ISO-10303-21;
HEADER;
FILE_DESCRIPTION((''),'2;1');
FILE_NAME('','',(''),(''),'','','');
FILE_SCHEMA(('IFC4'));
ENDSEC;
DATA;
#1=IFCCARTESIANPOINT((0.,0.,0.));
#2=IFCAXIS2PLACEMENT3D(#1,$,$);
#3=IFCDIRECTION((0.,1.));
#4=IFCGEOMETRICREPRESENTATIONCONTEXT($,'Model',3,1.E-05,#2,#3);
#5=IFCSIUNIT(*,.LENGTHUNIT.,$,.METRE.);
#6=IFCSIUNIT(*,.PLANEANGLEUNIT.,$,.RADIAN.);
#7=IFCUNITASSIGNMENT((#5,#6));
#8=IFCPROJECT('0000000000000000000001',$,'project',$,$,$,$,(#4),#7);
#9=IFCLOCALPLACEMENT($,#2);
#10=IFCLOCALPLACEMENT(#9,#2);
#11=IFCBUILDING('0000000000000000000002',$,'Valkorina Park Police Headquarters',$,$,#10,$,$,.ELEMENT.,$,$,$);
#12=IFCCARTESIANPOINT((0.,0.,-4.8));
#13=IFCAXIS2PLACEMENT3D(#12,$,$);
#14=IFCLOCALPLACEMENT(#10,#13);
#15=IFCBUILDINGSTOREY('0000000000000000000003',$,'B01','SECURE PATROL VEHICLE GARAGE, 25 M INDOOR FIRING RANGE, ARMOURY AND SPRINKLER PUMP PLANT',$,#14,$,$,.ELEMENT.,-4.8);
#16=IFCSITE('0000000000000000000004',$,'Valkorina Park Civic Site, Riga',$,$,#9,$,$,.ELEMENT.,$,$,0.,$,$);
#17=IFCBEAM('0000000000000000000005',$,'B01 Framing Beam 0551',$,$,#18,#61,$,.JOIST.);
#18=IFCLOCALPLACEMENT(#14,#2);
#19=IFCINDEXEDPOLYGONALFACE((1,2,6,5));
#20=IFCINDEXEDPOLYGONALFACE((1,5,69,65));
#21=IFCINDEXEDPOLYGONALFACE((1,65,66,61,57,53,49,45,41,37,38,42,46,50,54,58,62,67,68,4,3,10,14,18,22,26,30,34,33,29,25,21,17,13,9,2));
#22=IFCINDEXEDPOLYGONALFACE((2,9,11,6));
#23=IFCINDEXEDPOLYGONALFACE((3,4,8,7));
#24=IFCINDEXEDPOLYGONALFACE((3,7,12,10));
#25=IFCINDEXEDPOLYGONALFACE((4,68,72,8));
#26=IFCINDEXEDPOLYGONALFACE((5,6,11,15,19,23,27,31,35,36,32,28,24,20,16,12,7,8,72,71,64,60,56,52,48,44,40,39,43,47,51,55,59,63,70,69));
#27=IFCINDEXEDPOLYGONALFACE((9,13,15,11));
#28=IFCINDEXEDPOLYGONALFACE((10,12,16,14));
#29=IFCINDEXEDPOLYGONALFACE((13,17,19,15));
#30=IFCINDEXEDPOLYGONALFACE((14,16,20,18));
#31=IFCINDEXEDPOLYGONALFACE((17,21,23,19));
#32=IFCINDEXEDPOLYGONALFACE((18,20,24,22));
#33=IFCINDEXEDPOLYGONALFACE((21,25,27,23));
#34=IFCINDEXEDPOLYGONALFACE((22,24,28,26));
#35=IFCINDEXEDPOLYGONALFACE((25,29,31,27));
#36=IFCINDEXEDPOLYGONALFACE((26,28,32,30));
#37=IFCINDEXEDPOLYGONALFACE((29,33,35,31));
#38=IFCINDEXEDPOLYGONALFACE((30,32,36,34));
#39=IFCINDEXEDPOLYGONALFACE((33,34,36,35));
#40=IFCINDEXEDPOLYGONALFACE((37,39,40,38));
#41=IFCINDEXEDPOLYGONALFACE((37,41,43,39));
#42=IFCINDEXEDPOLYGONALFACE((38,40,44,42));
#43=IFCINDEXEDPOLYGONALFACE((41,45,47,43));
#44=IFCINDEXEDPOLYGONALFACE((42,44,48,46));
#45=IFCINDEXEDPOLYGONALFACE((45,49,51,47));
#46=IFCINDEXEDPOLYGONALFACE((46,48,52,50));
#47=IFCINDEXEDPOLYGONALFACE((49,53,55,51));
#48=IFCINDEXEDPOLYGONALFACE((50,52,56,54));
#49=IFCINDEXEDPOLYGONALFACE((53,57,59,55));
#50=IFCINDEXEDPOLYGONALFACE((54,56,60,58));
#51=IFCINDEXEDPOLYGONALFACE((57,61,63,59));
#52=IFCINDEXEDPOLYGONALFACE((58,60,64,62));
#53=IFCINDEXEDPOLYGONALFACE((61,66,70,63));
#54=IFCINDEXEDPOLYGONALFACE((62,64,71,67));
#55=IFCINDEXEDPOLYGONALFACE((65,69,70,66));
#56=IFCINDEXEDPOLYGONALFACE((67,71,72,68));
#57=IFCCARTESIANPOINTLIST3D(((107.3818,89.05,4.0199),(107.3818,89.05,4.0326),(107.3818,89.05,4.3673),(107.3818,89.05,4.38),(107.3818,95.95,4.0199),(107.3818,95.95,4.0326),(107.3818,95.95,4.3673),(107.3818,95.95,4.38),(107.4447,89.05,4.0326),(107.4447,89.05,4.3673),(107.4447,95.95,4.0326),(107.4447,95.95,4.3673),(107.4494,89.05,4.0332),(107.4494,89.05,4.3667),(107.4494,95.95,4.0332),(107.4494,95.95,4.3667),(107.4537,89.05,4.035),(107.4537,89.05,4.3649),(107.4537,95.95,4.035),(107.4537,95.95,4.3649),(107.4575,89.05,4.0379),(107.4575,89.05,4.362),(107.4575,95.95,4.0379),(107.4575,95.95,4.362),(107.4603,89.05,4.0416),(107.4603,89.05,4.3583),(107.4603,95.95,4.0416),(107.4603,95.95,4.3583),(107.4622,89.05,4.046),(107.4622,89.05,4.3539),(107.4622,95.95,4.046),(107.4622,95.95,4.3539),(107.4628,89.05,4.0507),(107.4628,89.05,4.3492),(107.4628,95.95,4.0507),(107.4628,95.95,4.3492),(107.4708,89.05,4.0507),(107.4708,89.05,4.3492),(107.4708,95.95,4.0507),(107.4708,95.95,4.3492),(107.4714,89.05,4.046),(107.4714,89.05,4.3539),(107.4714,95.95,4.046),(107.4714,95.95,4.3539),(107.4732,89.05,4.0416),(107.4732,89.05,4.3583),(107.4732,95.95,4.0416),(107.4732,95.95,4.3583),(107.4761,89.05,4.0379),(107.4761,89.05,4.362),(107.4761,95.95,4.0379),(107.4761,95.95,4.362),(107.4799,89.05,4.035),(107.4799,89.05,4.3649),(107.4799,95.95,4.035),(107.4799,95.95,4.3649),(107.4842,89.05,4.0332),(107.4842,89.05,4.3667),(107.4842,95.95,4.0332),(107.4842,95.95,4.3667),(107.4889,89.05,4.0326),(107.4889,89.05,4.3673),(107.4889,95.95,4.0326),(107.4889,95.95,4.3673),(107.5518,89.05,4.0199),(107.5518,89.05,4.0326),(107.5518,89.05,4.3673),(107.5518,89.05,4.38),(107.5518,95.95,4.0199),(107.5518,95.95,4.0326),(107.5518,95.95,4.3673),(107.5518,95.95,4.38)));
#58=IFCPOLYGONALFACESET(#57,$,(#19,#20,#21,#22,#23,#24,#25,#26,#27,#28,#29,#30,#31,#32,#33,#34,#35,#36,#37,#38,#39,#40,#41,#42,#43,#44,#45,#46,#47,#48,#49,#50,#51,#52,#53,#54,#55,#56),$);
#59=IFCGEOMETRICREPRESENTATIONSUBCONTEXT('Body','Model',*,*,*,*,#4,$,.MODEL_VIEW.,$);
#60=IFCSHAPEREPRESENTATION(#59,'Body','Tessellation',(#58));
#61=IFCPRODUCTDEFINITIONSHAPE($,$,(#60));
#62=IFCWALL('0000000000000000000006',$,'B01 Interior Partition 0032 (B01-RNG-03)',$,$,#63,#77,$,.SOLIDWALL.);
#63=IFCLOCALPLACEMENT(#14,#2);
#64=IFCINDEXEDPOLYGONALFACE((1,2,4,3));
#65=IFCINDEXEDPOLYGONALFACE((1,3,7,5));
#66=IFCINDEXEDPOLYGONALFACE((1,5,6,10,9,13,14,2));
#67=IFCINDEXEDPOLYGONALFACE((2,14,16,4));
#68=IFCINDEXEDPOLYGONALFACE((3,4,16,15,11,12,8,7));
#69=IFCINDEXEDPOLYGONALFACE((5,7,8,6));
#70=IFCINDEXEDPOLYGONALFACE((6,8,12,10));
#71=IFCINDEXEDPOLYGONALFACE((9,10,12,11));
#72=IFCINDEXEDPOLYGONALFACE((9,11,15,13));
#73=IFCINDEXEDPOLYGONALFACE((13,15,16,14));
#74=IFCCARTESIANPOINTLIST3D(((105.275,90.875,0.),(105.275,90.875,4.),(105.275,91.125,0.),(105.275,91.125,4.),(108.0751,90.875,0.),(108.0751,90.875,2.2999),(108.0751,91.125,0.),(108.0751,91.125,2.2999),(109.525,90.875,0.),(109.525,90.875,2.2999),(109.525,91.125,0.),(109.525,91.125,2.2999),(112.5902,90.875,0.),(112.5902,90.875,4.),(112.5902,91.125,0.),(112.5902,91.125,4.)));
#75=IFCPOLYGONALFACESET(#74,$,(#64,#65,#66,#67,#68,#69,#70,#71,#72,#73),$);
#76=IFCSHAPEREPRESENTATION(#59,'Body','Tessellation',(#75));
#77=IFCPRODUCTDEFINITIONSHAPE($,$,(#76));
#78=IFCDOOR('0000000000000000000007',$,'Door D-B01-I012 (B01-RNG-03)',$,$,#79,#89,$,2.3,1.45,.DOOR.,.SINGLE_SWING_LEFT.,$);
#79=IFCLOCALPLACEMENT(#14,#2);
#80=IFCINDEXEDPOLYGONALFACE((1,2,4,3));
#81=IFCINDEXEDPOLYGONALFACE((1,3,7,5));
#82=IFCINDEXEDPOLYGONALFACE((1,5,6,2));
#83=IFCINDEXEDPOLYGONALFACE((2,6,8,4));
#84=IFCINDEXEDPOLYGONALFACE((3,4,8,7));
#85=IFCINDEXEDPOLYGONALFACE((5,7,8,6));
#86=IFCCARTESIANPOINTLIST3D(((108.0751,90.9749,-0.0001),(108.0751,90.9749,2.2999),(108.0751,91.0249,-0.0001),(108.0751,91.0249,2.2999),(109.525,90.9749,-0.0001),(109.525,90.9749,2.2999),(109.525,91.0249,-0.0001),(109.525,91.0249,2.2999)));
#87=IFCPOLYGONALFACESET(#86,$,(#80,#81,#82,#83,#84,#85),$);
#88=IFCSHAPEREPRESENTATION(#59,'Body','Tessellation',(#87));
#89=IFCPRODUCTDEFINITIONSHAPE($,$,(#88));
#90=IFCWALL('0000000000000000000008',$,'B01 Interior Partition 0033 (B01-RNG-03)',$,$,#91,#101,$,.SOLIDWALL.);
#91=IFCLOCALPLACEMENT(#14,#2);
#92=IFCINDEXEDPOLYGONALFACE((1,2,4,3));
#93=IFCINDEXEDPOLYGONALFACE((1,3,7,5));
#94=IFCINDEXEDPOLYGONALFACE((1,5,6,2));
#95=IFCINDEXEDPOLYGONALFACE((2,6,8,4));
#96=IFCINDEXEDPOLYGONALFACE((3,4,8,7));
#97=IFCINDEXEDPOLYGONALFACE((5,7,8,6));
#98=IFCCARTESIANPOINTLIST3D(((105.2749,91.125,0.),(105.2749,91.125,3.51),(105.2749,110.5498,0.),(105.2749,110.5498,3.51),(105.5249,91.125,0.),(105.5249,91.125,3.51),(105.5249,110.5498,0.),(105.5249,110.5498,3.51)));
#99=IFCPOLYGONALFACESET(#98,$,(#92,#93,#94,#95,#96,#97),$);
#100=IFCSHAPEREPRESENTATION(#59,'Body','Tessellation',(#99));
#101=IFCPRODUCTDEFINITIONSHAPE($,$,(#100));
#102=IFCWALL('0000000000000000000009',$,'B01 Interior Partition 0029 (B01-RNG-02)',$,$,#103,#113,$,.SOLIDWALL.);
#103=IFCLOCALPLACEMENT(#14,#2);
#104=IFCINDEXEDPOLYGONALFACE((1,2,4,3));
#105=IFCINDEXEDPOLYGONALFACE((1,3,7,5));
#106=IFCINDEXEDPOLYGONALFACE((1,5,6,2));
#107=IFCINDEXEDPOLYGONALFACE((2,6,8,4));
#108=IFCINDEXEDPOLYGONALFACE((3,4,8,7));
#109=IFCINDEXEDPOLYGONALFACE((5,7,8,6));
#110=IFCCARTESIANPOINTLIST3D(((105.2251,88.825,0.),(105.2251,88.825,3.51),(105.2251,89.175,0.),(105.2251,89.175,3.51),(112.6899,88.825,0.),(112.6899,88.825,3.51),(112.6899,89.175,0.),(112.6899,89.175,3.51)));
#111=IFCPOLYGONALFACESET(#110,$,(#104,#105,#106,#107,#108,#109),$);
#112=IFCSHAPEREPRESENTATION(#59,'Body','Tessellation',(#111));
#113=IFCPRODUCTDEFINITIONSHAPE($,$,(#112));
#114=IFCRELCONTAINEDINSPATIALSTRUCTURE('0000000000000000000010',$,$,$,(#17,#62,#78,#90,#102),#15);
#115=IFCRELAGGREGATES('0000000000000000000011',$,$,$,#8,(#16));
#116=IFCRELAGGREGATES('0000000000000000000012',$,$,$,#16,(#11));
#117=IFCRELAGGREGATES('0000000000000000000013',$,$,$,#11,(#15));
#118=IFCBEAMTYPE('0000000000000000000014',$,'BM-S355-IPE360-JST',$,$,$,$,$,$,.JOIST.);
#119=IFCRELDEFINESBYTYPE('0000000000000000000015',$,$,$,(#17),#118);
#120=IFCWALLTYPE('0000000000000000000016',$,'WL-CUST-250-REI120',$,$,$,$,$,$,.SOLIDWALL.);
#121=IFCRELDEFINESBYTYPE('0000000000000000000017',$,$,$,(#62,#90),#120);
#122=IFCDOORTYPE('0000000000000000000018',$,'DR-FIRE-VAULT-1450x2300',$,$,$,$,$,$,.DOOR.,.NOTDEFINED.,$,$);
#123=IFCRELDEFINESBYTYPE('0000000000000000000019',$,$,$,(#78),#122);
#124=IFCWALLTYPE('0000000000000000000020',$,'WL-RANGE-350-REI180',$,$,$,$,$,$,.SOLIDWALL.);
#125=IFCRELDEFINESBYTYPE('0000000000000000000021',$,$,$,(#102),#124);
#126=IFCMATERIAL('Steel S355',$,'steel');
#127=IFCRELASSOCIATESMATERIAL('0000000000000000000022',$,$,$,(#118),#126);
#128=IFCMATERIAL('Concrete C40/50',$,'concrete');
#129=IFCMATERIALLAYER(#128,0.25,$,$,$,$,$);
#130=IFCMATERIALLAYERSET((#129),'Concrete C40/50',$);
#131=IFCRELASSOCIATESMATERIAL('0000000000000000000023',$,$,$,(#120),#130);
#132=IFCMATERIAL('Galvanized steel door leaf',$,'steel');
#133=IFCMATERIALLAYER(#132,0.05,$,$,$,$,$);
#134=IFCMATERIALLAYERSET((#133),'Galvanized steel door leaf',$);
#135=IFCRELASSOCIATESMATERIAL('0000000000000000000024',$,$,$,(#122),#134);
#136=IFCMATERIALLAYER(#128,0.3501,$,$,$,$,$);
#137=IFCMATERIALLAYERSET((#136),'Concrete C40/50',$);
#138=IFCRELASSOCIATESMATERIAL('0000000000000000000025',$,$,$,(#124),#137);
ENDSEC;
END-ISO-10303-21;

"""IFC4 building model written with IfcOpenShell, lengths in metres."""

from ifc_helpers import new_model, si_unit, direction, frame, frame_2d, origin, origin_2d, place, context, subcontext, project, spatial, rectangle, i_section, extrude, material, layer, layer_set, material_profile, profile_set, type_object, element, fill, save


model = new_model("IFC4")

# Units and contexts
model_context = context("Model", 3, precision=1e-05, world=origin(), true_north=direction((0.0, 1.0)))
body_context = subcontext(model_context, "Body", "Model", "MODEL_VIEW")
ifc_project = project(units=[si_unit("LENGTHUNIT", "METRE"), si_unit("PLANEANGLEUNIT", "RADIAN")], contexts=[model_context])

# Site, building, storey
site_placement = place(None, origin())
site = spatial("IfcSite", under=ifc_project, at=site_placement, Name="Valkorina Park Civic Site, Riga", CompositionType="ELEMENT", RefElevation=0.0)
building_placement = place(site_placement, origin())
building = spatial("IfcBuilding", under=site, at=building_placement, Name="Valkorina Park Police Headquarters", CompositionType="ELEMENT")
storey_placement = place(building_placement, frame((0.0, 0.0, -4.8)))
storey = spatial("IfcBuildingStorey", under=building, at=storey_placement, Name="B01", Description="SECURE PATROL VEHICLE GARAGE, 25 M INDOOR FIRING RANGE, ARMOURY AND SPRINKLER PUMP PLANT", CompositionType="ELEMENT", Elevation=-4.8)

# Shared definitions
ifc_material_1 = material(Name="Concrete C40/50", Category="concrete")

# Beam
ifc_material_2 = material(Name="Steel S355", Category="steel")
ifc_material_profile_1 = material_profile(ifc_material_2, i_section(OverallWidth=0.1699, OverallDepth=0.3601, WebThickness=0.0081, FlangeThickness=0.0127, FilletRadius=0.0181, at=origin_2d()), Name="IPE 360")
ifc_profile_set_1 = profile_set([ifc_material_profile_1], Name="Steel S355")
beam_type_1 = type_object("IfcBeamType", Name="BM-S355-IPE360-JST", PredefinedType="JOIST", material=ifc_profile_set_1)
for number, where, z_axis, x_axis, name in (
    (1, (107.4668, 89.05, 4.2), (0.0, 1.0, 0.0), (-1.0, 0.0, 0.0), "B01 Framing Beam 0551"),
):
    element("IfcBeam", number, at=place(storey_placement, frame(where, z_axis=z_axis, x_axis=x_axis)), inside=storey, type_object=beam_type_1, Name=name, PredefinedType="JOIST", context=body_context, shape_type="SweptSolid", body=[
        extrude(i_section(OverallWidth=0.1699, OverallDepth=0.3601, WebThickness=0.0081, FlangeThickness=0.0127, FilletRadius=0.0181, at=origin_2d()), origin(), (0.0, 0.0, 1.0), 6.8999),
    ])

# Wall, opening, door
ifc_layer_1 = layer(ifc_material_1, 0.25)
ifc_layer_set_1 = layer_set([ifc_layer_1], Name="Concrete C40/50")
wall_type_1 = type_object("IfcWallType", Name="WL-CUST-250-REI120", PredefinedType="SOLIDWALL", material=ifc_layer_set_1)
wall_1_placement = place(storey_placement, frame((105.2749, 91.0, 0.0), z_axis=(0.0, 0.0, 1.0), x_axis=(1.0, 0.0, 0.0)))
wall_1 = element("IfcWall", 2, at=wall_1_placement, inside=storey, type_object=wall_type_1, Name="B01 Interior Partition 0032 (B01-RNG-03)", PredefinedType="SOLIDWALL", context=body_context, shape_type="SweptSolid", body=[
    extrude(rectangle(XDim=7.3152, YDim=0.25, at=frame_2d((3.6577, 0.0))), origin(), (0.0, 0.0, 1.0), 4.0),
])
opening_placement = place(wall_1_placement, frame((2.8, 0.0, 0.0)))
opening = element("IfcOpeningElement", 3, at=opening_placement, cuts=wall_1, PredefinedType="OPENING", context=body_context, shape_type="SweptSolid", body=[
    extrude(rectangle(XDim=1.45, YDim=2.3, at=frame_2d((0.7251, 1.1499))), frame((0.0, 0.135, 0.0), z_axis=(0.0, -1.0, 0.0), x_axis=(1.0, 0.0, 0.0)), (0.0, 0.0, 1.0), 0.27),
])
ifc_material_3 = material(Name="Galvanized steel door leaf", Category="steel")
ifc_layer_2 = layer(ifc_material_3, 0.05)
ifc_layer_set_2 = layer_set([ifc_layer_2], Name="Galvanized steel door leaf")
door_type = type_object("IfcDoorType", Name="DR-FIRE-VAULT-1450x2300", OperationType="NOTDEFINED", PredefinedType="DOOR", material=ifc_layer_set_2)
door_placement = place(opening_placement, origin())
door = element("IfcDoor", 4, at=door_placement, inside=storey, type_object=door_type, Name="Door D-B01-I012 (B01-RNG-03)", OperationType="SINGLE_SWING_LEFT", OverallHeight=2.3, OverallWidth=1.45, PredefinedType="DOOR", context=body_context, shape_type="SweptSolid", body=[
    extrude(rectangle(XDim=1.45, YDim=2.3, at=frame_2d((0.7251, 1.1499))), frame((0.0, 0.0249, 0.0), z_axis=(0.0, -1.0, 0.0), x_axis=(1.0, 0.0, 0.0)), (0.0, 0.0, 1.0), 0.05),
])
fill(opening, door)

# Walls
wall_2_placement = place(storey_placement, frame((105.3999, 91.125, 0.0), z_axis=(0.0, 0.0, 1.0), x_axis=(0.0, 1.0, 0.0)))
element("IfcWall", 5, at=wall_2_placement, inside=storey, type_object=wall_type_1, Name="B01 Interior Partition 0033 (B01-RNG-03)", PredefinedType="SOLIDWALL", context=body_context, shape_type="SweptSolid", body=[
    extrude(rectangle(XDim=19.4248, YDim=0.25, at=frame_2d((9.7124, 0.0))), origin(), (0.0, 0.0, 1.0), 3.51),
])
ifc_layer_3 = layer(ifc_material_1, 0.3501)
ifc_layer_set_3 = layer_set([ifc_layer_3], Name="Concrete C40/50")
wall_type_2 = type_object("IfcWallType", Name="WL-RANGE-350-REI180", PredefinedType="SOLIDWALL", material=ifc_layer_set_3)
wall_3_placement = place(storey_placement, frame((105.2251, 89.0, 0.0), z_axis=(0.0, 0.0, 1.0), x_axis=(1.0, 0.0, 0.0)))
element("IfcWall", 6, at=wall_3_placement, inside=storey, type_object=wall_type_2, Name="B01 Interior Partition 0029 (B01-RNG-02)", PredefinedType="SOLIDWALL", context=body_context, shape_type="SweptSolid", body=[
    extrude(rectangle(XDim=7.4648, YDim=0.3501, at=frame_2d((3.7324, 0.0))), origin(), (0.0, 0.0, 1.0), 3.51),
])

save(model, "model.ifc")
